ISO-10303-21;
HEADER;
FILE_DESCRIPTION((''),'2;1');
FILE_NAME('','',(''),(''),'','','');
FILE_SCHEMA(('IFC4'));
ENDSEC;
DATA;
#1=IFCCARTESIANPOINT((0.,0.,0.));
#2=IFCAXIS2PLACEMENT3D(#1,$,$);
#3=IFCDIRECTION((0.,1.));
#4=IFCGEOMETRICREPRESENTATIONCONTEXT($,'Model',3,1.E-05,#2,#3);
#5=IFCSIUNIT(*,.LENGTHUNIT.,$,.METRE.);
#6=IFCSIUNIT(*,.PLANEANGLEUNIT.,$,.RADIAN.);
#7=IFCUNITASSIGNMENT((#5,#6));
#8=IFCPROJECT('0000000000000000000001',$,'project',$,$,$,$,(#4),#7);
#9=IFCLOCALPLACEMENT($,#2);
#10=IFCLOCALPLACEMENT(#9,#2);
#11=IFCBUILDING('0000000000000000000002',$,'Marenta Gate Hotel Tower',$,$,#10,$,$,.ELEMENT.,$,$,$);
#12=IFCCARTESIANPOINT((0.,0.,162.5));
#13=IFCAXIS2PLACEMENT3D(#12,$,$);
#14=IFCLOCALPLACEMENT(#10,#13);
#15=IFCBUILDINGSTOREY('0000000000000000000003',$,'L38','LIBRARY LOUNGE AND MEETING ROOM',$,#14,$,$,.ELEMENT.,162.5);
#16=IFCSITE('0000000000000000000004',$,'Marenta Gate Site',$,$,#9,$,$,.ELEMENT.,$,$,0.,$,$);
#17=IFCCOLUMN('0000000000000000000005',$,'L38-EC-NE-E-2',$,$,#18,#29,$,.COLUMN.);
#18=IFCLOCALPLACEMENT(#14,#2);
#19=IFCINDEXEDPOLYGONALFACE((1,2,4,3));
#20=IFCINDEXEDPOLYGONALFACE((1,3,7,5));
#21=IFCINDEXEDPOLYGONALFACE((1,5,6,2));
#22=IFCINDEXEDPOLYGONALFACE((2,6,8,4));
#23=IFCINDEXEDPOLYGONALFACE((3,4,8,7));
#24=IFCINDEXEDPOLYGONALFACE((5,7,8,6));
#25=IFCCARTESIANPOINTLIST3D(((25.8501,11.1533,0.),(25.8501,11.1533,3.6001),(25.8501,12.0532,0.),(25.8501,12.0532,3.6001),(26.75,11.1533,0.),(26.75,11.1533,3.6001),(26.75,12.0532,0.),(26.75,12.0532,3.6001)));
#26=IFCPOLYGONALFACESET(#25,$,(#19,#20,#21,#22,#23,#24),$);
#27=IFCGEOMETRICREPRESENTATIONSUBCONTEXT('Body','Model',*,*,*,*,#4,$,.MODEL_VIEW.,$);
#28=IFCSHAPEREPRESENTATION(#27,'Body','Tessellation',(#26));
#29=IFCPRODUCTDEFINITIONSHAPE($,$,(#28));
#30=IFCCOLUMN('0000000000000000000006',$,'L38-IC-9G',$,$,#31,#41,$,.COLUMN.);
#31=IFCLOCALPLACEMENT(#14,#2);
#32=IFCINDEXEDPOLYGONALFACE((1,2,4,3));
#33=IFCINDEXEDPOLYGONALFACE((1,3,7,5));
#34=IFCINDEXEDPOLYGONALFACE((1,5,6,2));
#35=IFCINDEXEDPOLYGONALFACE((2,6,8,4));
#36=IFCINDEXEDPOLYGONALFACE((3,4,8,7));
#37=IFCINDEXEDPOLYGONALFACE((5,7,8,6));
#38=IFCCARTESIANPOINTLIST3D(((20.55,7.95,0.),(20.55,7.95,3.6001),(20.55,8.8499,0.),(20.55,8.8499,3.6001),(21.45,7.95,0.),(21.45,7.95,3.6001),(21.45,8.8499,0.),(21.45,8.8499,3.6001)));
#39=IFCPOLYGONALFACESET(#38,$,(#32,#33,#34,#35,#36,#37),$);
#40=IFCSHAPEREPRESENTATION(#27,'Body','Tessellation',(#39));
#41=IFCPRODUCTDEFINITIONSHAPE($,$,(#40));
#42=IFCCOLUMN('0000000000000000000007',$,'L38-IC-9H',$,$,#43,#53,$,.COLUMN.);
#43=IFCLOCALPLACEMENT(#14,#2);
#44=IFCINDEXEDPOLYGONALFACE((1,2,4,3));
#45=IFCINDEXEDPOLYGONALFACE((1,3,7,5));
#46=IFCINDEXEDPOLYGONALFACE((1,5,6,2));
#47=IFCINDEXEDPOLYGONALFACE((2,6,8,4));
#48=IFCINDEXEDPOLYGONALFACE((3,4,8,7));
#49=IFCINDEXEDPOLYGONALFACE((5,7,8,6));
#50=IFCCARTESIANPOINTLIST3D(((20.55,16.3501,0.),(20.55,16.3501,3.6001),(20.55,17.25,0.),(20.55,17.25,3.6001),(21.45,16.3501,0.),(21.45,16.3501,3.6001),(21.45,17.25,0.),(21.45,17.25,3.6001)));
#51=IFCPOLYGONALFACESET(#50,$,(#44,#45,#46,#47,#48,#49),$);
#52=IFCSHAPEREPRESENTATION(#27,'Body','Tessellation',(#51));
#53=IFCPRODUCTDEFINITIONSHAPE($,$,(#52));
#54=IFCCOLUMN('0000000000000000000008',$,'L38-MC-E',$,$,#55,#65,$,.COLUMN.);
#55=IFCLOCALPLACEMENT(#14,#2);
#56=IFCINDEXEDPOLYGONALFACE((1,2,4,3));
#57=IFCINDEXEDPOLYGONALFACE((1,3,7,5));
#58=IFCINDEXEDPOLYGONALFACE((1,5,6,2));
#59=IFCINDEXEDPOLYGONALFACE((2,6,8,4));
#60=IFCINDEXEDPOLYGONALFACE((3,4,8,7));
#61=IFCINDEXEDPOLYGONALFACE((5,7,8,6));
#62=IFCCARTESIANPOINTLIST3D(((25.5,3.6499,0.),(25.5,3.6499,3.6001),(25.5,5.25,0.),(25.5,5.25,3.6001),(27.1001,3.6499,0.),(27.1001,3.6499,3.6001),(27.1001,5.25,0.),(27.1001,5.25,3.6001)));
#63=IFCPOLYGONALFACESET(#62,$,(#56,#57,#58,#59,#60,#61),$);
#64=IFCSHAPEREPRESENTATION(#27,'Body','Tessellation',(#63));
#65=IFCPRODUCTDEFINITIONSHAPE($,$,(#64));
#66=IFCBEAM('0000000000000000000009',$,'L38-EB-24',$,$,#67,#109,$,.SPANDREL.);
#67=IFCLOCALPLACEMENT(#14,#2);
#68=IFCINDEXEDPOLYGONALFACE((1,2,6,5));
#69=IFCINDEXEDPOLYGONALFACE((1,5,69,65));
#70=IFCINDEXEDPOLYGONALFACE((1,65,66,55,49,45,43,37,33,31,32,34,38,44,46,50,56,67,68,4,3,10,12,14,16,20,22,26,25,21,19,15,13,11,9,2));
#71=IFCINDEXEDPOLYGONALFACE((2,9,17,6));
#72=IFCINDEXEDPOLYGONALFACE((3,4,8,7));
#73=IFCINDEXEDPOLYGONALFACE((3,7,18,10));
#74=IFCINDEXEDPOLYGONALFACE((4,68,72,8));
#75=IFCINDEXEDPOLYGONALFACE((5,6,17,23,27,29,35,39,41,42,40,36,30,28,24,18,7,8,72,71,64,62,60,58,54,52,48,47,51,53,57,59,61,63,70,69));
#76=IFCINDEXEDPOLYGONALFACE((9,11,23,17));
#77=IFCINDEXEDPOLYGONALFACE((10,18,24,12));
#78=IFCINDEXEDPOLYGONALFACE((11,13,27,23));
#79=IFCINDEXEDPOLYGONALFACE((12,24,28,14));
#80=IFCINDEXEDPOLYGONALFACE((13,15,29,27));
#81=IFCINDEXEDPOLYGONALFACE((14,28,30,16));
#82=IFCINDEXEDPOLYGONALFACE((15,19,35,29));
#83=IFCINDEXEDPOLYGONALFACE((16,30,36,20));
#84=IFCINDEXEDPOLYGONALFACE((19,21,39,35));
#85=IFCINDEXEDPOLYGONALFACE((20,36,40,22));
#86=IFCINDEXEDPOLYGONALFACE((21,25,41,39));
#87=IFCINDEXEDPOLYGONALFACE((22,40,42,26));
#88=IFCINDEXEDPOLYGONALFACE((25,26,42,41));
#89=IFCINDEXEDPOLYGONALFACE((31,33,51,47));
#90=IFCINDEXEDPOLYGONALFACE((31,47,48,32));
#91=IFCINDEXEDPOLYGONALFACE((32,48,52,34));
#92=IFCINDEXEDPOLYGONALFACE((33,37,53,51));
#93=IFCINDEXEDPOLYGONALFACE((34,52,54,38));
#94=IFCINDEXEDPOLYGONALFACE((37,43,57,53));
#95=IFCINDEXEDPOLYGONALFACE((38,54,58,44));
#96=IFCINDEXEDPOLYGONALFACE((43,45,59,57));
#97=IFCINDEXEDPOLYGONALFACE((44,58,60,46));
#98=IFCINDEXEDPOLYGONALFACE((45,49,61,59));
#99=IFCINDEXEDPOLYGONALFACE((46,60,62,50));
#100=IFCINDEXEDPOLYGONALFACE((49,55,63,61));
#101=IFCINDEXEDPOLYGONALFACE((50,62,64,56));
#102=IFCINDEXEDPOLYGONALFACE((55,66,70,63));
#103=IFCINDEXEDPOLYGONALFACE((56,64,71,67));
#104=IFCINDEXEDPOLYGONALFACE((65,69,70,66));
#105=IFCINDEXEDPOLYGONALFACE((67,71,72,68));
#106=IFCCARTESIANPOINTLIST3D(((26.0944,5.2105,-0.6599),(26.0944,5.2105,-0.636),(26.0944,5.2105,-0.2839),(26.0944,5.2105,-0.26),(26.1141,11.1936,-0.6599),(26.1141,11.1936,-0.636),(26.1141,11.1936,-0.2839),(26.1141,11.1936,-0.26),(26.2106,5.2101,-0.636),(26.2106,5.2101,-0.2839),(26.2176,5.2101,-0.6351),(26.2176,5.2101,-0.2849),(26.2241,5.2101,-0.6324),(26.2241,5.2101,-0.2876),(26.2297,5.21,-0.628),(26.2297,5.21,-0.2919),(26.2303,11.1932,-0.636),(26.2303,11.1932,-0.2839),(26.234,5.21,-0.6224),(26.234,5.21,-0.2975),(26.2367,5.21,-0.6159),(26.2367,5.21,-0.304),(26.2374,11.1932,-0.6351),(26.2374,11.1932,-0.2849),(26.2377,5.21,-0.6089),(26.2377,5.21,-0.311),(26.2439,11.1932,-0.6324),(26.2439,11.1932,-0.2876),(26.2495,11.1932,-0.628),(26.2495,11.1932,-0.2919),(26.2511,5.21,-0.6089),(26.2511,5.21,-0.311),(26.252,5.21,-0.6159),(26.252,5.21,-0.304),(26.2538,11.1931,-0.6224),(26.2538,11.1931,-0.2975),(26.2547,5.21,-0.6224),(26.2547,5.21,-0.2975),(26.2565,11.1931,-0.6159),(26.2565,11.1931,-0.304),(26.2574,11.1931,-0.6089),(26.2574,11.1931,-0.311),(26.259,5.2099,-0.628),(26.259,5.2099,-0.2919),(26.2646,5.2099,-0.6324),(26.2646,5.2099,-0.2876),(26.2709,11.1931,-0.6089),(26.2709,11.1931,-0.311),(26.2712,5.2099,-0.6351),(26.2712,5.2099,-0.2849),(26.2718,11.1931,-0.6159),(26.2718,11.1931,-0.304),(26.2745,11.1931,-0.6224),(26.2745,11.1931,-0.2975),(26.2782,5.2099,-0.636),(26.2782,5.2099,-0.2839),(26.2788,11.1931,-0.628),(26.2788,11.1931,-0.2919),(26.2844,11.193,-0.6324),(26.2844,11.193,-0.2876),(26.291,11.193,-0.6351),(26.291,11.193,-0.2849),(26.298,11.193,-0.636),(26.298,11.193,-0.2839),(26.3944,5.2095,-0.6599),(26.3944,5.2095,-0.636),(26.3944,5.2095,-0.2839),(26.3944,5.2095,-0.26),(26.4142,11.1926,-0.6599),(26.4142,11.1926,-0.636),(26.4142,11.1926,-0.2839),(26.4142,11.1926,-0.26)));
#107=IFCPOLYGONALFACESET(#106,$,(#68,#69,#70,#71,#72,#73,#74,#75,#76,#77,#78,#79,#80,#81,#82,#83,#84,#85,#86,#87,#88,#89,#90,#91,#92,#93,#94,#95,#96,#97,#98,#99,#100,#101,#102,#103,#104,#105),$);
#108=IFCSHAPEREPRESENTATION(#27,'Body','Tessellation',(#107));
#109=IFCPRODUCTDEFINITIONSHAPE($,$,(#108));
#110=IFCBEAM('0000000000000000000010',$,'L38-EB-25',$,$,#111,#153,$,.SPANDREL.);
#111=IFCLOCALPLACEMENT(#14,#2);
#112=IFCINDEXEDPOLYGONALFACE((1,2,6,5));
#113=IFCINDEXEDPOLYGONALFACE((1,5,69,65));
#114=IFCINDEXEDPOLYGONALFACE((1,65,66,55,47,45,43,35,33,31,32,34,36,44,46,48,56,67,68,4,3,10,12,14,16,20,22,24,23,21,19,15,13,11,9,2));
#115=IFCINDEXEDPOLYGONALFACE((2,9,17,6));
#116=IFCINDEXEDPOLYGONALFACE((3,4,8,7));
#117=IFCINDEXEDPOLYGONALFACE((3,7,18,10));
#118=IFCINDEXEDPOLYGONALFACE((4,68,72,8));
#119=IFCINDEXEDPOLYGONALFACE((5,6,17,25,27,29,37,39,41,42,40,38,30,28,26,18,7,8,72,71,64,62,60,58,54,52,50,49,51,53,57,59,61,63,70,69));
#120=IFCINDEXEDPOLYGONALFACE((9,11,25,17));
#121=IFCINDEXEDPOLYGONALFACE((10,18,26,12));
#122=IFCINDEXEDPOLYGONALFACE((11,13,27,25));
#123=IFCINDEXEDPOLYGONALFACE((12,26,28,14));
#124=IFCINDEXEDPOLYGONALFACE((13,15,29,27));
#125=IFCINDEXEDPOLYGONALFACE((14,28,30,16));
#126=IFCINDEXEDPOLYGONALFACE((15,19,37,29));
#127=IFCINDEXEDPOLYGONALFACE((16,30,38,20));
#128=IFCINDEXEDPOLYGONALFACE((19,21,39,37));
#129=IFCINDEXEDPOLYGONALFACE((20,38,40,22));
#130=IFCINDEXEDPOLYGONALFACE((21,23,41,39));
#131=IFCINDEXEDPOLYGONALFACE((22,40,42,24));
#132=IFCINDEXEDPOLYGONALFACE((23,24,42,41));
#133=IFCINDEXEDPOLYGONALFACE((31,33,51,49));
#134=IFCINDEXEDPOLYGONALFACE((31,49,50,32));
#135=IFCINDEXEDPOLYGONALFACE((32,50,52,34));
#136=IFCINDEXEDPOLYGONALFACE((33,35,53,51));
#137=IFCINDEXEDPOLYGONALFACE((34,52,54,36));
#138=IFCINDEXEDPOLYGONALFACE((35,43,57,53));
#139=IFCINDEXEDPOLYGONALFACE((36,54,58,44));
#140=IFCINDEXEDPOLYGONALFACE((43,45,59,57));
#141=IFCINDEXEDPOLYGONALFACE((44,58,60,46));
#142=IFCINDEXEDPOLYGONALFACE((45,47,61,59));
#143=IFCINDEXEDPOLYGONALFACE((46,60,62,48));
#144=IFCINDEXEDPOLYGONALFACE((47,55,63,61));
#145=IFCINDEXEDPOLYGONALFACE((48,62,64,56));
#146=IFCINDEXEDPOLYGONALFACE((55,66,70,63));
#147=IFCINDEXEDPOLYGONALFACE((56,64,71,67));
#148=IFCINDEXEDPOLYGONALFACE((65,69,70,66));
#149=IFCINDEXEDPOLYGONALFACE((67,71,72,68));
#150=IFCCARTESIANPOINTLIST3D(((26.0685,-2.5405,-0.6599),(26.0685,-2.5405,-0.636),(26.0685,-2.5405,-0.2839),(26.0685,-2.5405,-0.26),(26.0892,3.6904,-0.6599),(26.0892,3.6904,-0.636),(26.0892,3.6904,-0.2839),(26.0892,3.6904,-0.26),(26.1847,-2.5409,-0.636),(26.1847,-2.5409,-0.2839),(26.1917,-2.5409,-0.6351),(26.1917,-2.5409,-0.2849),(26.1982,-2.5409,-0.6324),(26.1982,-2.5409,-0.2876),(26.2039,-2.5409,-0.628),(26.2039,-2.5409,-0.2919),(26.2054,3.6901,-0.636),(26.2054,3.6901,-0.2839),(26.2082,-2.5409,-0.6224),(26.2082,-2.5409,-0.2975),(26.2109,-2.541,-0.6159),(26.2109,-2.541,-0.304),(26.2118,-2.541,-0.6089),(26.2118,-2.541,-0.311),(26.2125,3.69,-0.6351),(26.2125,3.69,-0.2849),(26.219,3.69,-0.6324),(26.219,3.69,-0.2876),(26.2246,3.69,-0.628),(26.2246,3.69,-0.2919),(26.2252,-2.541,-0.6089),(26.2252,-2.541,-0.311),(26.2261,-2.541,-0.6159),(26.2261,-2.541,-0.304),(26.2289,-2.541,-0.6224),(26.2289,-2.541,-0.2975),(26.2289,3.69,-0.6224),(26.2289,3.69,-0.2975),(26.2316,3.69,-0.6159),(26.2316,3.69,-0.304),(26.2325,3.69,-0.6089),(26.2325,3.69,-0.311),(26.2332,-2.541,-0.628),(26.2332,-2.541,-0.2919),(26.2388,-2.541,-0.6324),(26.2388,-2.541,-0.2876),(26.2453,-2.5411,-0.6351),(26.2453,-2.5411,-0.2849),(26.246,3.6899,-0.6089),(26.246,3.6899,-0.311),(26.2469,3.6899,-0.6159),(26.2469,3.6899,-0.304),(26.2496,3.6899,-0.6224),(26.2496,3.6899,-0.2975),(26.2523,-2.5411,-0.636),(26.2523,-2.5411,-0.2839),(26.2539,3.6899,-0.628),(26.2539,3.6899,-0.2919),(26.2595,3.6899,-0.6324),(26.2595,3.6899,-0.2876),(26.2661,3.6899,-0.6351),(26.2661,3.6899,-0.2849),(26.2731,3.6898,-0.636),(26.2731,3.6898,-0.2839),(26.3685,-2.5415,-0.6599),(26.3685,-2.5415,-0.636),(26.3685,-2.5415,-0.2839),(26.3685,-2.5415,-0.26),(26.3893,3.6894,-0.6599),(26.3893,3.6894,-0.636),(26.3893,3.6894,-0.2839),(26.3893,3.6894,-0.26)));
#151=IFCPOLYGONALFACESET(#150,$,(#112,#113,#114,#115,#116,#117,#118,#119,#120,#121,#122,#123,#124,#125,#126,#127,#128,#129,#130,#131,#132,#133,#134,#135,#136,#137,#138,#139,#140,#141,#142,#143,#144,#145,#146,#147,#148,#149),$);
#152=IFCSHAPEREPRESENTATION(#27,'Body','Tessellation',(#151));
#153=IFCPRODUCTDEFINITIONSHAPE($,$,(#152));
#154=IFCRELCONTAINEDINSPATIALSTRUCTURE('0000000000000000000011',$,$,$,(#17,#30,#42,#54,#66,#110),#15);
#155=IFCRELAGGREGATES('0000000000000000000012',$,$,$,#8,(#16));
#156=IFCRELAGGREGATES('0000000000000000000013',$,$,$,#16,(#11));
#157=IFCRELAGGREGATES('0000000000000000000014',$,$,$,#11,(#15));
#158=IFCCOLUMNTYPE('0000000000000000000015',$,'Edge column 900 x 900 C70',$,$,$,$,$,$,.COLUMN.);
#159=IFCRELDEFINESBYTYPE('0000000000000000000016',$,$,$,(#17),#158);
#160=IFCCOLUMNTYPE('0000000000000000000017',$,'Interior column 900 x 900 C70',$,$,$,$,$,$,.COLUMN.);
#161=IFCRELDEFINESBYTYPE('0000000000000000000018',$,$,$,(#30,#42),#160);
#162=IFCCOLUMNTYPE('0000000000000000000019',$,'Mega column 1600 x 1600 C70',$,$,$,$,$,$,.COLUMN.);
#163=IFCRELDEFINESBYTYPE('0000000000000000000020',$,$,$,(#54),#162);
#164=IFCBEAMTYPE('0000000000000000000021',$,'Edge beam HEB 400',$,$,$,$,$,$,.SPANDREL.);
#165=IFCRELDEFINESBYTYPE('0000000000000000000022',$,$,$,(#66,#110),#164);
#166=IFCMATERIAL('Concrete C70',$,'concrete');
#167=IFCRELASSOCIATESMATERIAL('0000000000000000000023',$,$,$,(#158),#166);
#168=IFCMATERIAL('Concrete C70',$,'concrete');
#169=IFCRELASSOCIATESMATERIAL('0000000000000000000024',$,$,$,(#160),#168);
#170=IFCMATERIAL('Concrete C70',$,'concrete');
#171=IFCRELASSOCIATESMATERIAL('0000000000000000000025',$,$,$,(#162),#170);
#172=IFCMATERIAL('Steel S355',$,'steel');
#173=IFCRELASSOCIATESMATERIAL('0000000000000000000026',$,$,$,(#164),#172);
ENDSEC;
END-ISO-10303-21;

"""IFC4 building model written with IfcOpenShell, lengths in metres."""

from ifc_helpers import new_model, si_unit, direction, frame, origin, origin_2d, place, context, subcontext, project, spatial, rectangle, i_section, extrude, material, material_profile, profile_set, type_object, element, save


model = new_model("IFC4")

# Units and contexts
model_context = context("Model", 3, precision=1e-05, world=origin(), true_north=direction((0.0, 1.0)))
body_context = subcontext(model_context, "Body", "Model", "MODEL_VIEW")
ifc_project = project(units=[si_unit("LENGTHUNIT", "METRE"), si_unit("PLANEANGLEUNIT", "RADIAN")], contexts=[model_context])

# Site, building, storey
site_placement = place(None, origin())
site = spatial("IfcSite", under=ifc_project, at=site_placement, Name="Marenta Gate Site", CompositionType="ELEMENT", RefElevation=0.0)
building_placement = place(site_placement, origin())
building = spatial("IfcBuilding", under=site, at=building_placement, Name="Marenta Gate Hotel Tower", CompositionType="ELEMENT")
storey_placement = place(building_placement, frame((0.0, 0.0, 162.5)))
storey = spatial("IfcBuildingStorey", under=building, at=storey_placement, Name="L38", Description="LIBRARY LOUNGE AND MEETING ROOM", CompositionType="ELEMENT", Elevation=162.5)

# Columns
ifc_material_1 = material(Name="Concrete C70", Category="concrete")
ifc_material_profile_1 = material_profile(ifc_material_1, rectangle(XDim=0.8999, YDim=0.8999, at=origin_2d()), Name="900 x 900")
ifc_profile_set_1 = profile_set([ifc_material_profile_1], Name="Concrete C70")
column_type_1 = type_object("IfcColumnType", Name="Edge column 900 x 900 C70", PredefinedType="COLUMN", material=ifc_profile_set_1)
column_1_placement = place(storey_placement, frame((26.3, 11.6033, 0.0), z_axis=(0.0, 0.0, 1.0), x_axis=(1.0, 0.0, 0.0)))
element("IfcColumn", 1, at=column_1_placement, inside=storey, type_object=column_type_1, Name="L38-EC-NE-E-2", PredefinedType="COLUMN", context=body_context, shape_type="SweptSolid", body=[
    extrude(rectangle(XDim=0.8999, YDim=0.8999, at=origin_2d()), origin(), (0.0, 0.0, 1.0), 3.6001),
])
ifc_material_2 = material(Name="Concrete C70", Category="concrete")
ifc_material_profile_2 = material_profile(ifc_material_2, rectangle(XDim=0.8999, YDim=0.8999, at=origin_2d()), Name="900 x 900")
ifc_profile_set_2 = profile_set([ifc_material_profile_2], Name="Concrete C70")
column_type_2 = type_object("IfcColumnType", Name="Interior column 900 x 900 C70", PredefinedType="COLUMN", material=ifc_profile_set_2)
for number, where, z_axis, x_axis, name in (
    (2, (21.0, 8.3999, 0.0), (0.0, 0.0, 1.0), (1.0, 0.0, 0.0), "L38-IC-9G"),
    (3, (21.0, 16.8, 0.0), (0.0, 0.0, 1.0), (1.0, 0.0, 0.0), "L38-IC-9H"),
):
    element("IfcColumn", number, at=place(storey_placement, frame(where, z_axis=z_axis, x_axis=x_axis)), inside=storey, type_object=column_type_2, Name=name, PredefinedType="COLUMN", context=body_context, shape_type="SweptSolid", body=[
        extrude(rectangle(XDim=0.8999, YDim=0.8999, at=origin_2d()), origin(), (0.0, 0.0, 1.0), 3.6001),
    ])
ifc_material_3 = material(Name="Concrete C70", Category="concrete")
ifc_material_profile_3 = material_profile(ifc_material_3, rectangle(XDim=1.6001, YDim=1.6001, at=origin_2d()), Name="1600 x 1600")
ifc_profile_set_3 = profile_set([ifc_material_profile_3], Name="Concrete C70")
column_type_3 = type_object("IfcColumnType", Name="Mega column 1600 x 1600 C70", PredefinedType="COLUMN", material=ifc_profile_set_3)
column_2_placement = place(storey_placement, frame((26.3, 4.45, 0.0), z_axis=(0.0, 0.0, 1.0), x_axis=(1.0, 0.0, 0.0)))
element("IfcColumn", 4, at=column_2_placement, inside=storey, type_object=column_type_3, Name="L38-MC-E", PredefinedType="COLUMN", context=body_context, shape_type="SweptSolid", body=[
    extrude(rectangle(XDim=1.6001, YDim=1.6001, at=origin_2d()), origin(), (0.0, 0.0, 1.0), 3.6001),
])

# Beams
ifc_material_4 = material(Name="Steel S355", Category="steel")
ifc_material_profile_4 = material_profile(ifc_material_4, i_section(OverallWidth=0.3, OverallDepth=0.3999, WebThickness=0.0134, FlangeThickness=0.0239, FilletRadius=0.0271, at=origin_2d()), Name="HEB 400")
ifc_profile_set_4 = profile_set([ifc_material_profile_4], Name="Steel S355")
beam_type_1 = type_object("IfcBeamType", Name="Edge beam HEB 400", PredefinedType="SPANDREL", material=ifc_profile_set_4)
beam_1_placement = place(storey_placement, frame((26.2642, 11.1931, -0.46), z_axis=(-0.003305, -0.999995, 0.0), x_axis=(0.999995, -0.003305, 0.0)))
element("IfcBeam", 5, at=beam_1_placement, inside=storey, type_object=beam_type_1, Name="L38-EB-24", PredefinedType="SPANDREL", context=body_context, shape_type="SweptSolid", body=[
    extrude(i_section(OverallWidth=0.3, OverallDepth=0.3999, WebThickness=0.0134, FlangeThickness=0.0239, FilletRadius=0.0271, at=origin_2d()), origin(), (0.0, 0.0, 1.0), 5.9832),
])
beam_2_placement = place(storey_placement, frame((26.2393, 3.6899, -0.46), z_axis=(-0.00333, -0.999994, 0.0), x_axis=(0.999994, -0.00333, 0.0)))
element("IfcBeam", 6, at=beam_2_placement, inside=storey, type_object=beam_type_1, Name="L38-EB-25", PredefinedType="SPANDREL", context=body_context, shape_type="SweptSolid", body=[
    extrude(i_section(OverallWidth=0.3, OverallDepth=0.3999, WebThickness=0.0134, FlangeThickness=0.0239, FilletRadius=0.0271, at=origin_2d()), origin(), (0.0, 0.0, 1.0), 6.231),
])

save(model, "model.ifc")
